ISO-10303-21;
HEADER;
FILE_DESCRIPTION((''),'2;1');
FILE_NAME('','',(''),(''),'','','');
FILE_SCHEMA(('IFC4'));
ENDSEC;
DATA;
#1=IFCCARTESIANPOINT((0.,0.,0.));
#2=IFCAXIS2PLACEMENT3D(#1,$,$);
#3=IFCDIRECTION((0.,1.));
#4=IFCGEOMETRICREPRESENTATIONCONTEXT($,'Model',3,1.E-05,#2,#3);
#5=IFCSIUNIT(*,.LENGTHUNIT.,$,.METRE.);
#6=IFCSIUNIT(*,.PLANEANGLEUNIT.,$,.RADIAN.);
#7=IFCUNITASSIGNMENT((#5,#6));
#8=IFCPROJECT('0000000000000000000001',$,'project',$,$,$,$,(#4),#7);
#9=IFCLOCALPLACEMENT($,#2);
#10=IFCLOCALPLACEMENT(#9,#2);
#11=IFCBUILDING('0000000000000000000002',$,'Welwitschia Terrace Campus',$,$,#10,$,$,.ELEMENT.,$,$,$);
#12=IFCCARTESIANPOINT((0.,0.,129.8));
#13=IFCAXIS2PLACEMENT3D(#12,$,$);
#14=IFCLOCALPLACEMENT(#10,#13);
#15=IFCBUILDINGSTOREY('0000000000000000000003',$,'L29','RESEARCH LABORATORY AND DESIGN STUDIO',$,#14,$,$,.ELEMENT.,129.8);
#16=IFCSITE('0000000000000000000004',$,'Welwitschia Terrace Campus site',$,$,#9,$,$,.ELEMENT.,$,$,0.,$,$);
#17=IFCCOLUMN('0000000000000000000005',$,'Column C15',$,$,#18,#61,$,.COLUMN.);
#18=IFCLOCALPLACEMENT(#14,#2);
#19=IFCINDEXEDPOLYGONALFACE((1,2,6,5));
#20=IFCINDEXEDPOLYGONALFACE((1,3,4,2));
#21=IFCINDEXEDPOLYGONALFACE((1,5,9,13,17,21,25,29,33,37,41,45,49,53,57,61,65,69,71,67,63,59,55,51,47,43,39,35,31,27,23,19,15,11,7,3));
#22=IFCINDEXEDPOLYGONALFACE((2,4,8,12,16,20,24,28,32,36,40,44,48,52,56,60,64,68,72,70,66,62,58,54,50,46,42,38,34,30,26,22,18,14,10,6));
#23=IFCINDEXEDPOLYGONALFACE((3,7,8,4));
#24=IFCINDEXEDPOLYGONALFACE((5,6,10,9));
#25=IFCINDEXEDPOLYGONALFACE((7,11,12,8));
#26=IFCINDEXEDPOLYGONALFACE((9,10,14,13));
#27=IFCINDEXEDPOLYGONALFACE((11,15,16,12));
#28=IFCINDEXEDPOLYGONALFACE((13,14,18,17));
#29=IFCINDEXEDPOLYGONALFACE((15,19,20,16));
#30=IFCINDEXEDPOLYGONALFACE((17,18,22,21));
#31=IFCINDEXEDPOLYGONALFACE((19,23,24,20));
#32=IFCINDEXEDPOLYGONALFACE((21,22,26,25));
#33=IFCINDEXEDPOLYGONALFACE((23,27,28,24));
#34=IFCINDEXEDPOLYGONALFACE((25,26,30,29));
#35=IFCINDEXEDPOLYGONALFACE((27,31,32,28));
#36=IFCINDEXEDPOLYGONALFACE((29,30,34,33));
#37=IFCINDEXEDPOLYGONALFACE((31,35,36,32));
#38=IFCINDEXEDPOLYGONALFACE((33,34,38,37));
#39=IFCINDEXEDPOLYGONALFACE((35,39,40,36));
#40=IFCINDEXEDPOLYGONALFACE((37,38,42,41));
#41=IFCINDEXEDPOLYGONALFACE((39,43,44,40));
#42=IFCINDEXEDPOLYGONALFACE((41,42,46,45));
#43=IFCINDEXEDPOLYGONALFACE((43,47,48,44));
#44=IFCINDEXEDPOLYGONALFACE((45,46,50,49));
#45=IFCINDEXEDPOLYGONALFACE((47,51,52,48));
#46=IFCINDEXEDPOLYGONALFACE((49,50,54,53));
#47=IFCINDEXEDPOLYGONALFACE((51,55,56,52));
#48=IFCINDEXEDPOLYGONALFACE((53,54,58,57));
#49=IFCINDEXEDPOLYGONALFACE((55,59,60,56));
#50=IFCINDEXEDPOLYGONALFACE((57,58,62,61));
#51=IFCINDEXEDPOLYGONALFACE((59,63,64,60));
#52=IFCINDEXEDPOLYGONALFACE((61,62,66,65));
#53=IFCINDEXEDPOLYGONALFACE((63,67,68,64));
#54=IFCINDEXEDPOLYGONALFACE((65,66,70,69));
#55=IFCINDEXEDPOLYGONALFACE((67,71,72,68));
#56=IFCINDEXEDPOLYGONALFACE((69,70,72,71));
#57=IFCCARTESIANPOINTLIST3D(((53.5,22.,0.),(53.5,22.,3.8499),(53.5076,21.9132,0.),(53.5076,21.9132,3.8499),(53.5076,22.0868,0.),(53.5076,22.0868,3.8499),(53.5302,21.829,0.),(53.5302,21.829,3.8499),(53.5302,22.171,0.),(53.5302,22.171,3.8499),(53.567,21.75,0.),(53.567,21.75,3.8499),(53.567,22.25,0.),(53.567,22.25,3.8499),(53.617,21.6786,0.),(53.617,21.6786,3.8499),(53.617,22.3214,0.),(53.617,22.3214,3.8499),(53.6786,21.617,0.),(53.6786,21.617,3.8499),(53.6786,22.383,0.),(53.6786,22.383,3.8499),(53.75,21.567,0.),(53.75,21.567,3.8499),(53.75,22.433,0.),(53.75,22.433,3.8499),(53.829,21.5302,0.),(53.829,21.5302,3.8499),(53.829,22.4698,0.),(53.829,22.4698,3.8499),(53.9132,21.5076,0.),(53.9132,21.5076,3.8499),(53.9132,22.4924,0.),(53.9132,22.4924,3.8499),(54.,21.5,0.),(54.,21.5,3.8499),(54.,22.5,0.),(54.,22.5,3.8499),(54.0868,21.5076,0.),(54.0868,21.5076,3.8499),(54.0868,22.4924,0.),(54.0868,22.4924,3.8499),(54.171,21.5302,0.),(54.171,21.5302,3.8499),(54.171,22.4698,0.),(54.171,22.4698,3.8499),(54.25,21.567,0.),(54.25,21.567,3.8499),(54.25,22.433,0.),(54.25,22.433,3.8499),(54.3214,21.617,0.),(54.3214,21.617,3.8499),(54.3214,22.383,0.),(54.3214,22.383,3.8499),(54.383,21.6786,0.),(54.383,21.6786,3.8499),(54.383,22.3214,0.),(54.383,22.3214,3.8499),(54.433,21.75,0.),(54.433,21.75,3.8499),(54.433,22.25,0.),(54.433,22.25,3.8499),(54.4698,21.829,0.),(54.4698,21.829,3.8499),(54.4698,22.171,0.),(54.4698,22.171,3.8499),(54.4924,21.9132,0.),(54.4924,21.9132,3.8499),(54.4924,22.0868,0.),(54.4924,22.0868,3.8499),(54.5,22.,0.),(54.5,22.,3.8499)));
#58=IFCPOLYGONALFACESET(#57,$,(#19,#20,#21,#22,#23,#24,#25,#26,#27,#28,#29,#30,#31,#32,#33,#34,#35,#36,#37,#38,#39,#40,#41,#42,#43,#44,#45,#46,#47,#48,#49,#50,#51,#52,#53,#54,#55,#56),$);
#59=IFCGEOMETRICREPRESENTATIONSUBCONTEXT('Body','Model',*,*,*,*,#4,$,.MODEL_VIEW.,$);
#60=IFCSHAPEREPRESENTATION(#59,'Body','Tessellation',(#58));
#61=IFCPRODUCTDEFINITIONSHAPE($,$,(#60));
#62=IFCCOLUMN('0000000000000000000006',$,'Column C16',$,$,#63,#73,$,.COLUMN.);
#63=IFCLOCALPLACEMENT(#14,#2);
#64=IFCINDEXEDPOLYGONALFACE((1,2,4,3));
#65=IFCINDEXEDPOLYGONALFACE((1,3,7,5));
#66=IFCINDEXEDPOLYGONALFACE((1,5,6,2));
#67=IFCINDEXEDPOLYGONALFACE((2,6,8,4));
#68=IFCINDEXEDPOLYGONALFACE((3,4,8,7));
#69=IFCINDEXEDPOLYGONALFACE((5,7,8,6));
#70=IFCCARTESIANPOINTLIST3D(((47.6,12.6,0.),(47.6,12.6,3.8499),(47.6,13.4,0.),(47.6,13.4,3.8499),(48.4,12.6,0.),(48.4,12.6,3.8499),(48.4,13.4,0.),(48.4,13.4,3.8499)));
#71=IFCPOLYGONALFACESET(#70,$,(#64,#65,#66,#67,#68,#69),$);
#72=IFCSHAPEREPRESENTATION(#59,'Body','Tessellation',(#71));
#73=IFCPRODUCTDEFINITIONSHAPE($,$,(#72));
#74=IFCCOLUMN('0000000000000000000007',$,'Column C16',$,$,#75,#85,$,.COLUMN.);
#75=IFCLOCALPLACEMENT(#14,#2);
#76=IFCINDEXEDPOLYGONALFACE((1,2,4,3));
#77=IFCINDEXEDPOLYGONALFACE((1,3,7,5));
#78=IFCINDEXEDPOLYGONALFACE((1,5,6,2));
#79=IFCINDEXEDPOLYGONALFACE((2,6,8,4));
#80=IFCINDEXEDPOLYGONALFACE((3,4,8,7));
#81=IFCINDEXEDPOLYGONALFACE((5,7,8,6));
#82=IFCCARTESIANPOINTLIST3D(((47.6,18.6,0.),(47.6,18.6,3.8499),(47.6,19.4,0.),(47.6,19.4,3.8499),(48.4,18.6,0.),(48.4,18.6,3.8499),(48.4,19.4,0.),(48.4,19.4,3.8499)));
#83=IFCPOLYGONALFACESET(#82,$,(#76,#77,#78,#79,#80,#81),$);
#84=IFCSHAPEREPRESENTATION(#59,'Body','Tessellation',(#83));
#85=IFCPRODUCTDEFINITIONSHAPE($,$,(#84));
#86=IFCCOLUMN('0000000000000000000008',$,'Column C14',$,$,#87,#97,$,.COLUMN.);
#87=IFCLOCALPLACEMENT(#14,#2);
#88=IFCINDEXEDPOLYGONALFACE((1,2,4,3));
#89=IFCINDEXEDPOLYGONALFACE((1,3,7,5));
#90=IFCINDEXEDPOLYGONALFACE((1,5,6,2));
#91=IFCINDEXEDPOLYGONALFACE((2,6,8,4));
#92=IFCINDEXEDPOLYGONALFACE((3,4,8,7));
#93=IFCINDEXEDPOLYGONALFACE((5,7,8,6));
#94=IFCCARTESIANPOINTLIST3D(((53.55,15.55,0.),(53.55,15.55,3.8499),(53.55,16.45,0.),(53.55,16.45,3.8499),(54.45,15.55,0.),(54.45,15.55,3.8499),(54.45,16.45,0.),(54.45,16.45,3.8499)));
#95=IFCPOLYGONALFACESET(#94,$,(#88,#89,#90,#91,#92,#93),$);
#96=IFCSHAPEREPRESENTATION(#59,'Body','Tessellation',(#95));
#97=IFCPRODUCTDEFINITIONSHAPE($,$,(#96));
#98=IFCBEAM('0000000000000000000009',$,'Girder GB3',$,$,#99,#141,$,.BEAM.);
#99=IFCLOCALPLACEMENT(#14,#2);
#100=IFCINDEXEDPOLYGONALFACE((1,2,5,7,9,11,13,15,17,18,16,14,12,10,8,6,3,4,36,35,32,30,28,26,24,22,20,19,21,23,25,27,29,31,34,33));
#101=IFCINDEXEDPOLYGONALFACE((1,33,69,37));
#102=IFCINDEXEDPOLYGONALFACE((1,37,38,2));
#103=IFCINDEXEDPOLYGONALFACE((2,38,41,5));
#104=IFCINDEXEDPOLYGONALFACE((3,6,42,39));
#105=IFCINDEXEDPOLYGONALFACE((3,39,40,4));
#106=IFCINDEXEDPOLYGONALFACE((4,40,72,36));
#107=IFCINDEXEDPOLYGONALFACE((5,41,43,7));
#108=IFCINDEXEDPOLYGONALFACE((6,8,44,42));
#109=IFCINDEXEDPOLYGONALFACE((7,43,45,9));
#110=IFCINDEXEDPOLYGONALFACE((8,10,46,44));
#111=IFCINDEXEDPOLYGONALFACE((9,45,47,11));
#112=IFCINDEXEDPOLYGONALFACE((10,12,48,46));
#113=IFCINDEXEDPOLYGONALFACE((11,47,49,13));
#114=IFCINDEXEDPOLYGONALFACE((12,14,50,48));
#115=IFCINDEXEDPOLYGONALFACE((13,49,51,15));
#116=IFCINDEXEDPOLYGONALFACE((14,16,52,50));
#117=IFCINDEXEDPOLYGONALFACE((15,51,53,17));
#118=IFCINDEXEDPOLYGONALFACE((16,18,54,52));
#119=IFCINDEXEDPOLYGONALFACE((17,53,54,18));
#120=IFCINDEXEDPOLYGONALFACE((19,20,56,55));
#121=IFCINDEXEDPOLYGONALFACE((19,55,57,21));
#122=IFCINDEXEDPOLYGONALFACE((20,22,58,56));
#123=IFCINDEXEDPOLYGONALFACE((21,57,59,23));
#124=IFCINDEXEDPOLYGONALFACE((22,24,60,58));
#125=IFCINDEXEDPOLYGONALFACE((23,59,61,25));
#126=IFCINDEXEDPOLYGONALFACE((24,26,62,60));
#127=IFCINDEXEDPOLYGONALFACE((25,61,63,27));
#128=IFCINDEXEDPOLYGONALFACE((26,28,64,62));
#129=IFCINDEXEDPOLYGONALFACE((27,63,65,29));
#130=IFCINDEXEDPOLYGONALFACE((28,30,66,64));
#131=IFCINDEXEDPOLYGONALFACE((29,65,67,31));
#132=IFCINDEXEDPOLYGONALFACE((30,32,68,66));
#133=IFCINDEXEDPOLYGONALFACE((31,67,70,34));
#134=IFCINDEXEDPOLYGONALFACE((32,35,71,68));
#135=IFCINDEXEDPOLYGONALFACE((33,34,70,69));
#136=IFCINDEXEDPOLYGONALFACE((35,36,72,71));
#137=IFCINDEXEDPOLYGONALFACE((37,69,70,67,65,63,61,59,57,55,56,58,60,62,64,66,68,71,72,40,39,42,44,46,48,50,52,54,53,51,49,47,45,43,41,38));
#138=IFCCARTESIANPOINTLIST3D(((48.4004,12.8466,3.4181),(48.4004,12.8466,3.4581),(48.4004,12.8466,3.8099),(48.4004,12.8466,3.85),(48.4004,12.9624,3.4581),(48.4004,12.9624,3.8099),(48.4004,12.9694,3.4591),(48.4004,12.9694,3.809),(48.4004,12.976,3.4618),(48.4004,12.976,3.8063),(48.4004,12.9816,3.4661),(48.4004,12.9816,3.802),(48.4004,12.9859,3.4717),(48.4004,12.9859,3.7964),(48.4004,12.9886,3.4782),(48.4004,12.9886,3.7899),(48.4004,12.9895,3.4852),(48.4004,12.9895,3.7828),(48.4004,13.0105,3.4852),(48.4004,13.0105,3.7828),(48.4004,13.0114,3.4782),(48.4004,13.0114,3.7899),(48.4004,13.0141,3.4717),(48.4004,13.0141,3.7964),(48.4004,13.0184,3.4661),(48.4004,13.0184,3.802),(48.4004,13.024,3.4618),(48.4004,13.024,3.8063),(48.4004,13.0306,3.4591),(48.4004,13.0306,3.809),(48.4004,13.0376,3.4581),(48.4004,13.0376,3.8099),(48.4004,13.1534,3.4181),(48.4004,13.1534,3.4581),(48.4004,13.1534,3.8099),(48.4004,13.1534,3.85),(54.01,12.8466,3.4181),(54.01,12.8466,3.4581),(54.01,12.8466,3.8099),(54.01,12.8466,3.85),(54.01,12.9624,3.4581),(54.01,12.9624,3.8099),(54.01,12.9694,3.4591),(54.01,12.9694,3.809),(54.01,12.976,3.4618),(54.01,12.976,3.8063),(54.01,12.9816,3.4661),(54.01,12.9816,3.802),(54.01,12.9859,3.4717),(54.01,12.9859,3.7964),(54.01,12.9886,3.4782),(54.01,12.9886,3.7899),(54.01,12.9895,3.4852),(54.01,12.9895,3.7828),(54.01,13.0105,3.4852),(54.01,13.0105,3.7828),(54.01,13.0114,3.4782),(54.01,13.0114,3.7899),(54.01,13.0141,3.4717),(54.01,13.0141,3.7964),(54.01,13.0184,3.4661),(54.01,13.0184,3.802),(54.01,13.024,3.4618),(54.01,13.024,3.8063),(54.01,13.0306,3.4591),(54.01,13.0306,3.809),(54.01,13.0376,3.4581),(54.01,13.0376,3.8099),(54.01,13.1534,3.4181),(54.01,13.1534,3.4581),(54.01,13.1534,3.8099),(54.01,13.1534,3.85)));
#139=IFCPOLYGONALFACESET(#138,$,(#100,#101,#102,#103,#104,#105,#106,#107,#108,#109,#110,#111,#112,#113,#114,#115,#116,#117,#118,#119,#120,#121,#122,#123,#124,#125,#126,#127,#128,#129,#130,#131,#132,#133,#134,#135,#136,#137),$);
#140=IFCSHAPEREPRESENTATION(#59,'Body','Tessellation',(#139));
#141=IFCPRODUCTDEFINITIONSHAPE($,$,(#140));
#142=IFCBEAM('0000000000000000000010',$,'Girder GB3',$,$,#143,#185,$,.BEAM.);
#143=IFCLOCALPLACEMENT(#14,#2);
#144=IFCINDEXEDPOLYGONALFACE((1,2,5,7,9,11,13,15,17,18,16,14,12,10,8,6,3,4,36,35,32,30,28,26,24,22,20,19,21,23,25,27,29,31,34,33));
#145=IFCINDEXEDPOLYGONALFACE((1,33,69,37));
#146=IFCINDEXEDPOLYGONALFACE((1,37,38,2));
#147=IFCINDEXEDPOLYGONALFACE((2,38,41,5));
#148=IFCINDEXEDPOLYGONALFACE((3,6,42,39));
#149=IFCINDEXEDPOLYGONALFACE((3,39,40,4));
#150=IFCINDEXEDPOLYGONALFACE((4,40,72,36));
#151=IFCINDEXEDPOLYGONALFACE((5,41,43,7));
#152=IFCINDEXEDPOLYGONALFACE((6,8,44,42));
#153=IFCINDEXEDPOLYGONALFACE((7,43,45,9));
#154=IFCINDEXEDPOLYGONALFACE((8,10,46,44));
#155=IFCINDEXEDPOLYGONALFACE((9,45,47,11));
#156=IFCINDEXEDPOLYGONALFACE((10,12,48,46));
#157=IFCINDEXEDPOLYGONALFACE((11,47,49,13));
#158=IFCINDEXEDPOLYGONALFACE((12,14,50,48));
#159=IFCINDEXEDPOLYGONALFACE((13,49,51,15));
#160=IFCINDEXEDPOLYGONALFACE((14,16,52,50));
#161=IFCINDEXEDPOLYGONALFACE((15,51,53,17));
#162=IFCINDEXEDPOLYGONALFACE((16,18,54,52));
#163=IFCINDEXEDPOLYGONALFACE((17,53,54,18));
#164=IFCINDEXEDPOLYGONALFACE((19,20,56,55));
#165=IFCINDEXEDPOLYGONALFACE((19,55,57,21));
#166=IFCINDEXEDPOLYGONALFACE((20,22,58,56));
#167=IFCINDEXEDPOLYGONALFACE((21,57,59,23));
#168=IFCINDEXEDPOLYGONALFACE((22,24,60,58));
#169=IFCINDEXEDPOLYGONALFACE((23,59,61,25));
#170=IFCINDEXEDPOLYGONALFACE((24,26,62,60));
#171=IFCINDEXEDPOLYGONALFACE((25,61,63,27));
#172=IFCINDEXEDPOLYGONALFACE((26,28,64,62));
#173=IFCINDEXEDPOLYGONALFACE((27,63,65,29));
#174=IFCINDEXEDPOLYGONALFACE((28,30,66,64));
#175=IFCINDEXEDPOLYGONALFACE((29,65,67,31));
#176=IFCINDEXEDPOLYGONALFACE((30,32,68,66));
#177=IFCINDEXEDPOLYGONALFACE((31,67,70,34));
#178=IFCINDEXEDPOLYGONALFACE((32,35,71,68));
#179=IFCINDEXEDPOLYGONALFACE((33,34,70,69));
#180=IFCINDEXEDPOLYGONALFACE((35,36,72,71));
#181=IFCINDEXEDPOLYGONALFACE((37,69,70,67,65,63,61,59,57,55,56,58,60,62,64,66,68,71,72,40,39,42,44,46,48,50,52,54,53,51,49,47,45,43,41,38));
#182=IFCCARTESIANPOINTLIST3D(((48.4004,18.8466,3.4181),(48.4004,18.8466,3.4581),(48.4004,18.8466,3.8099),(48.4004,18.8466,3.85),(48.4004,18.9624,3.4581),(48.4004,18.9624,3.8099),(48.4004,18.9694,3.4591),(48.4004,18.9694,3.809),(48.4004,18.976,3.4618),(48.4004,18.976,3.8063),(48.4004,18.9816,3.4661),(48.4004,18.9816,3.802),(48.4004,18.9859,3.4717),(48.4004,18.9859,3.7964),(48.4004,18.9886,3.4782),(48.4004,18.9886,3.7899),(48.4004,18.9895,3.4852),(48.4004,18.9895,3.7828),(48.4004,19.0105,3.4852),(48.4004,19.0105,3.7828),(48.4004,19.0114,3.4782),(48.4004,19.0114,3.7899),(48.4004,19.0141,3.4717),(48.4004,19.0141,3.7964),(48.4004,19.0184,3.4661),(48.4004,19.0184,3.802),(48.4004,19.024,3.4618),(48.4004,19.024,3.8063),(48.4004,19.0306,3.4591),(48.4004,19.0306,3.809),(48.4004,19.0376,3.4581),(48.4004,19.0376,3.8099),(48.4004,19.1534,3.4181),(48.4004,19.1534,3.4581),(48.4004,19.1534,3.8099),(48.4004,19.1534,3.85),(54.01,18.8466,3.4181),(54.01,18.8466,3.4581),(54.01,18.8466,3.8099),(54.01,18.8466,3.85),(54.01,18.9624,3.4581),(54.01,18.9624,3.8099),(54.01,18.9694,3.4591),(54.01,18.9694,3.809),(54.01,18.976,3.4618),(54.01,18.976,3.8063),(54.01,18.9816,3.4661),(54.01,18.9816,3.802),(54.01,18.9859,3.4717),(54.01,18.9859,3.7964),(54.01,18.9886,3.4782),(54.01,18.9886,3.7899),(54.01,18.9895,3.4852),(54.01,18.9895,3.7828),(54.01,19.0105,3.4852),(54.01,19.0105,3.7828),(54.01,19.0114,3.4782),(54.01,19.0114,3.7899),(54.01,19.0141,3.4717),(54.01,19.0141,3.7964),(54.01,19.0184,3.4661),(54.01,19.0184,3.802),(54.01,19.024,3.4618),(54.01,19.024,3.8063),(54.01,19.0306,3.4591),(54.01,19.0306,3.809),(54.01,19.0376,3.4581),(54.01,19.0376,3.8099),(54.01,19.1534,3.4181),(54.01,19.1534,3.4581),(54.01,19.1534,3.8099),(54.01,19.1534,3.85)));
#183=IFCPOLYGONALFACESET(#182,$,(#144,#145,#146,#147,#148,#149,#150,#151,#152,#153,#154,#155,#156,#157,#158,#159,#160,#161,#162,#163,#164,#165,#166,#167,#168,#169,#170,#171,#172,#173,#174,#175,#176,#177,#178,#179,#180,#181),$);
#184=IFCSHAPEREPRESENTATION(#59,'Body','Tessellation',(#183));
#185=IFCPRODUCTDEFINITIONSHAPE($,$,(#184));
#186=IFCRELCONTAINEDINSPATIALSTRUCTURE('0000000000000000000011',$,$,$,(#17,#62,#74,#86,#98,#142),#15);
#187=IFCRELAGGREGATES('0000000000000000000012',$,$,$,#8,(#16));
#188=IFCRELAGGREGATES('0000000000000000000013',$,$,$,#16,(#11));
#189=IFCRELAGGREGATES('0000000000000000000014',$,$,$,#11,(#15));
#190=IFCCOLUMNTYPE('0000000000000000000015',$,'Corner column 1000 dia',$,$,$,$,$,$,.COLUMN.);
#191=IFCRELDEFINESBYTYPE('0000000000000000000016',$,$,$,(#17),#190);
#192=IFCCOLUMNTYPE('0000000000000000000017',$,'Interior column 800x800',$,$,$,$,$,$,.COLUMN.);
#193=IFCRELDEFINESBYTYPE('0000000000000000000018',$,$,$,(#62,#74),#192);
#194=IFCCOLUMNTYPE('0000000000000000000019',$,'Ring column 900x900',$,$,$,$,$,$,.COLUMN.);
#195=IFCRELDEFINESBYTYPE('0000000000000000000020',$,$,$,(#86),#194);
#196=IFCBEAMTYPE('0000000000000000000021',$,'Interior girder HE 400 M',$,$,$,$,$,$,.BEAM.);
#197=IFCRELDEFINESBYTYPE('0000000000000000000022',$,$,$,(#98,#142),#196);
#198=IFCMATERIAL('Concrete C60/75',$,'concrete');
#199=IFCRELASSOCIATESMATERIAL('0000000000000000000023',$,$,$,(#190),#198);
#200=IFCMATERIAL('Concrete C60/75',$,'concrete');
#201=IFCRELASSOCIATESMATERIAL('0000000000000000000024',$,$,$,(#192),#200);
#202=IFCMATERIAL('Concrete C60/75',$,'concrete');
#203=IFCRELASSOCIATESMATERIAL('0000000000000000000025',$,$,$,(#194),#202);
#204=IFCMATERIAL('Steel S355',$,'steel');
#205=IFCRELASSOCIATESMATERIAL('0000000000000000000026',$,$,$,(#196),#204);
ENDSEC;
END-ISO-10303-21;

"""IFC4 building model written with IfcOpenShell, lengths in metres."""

from ifc_helpers import new_model, si_unit, direction, frame, origin, origin_2d, place, context, subcontext, project, spatial, rectangle, circle, i_section, extrude, material, material_profile, profile_set, type_object, element, save


model = new_model("IFC4")

# Units and contexts
model_context = context("Model", 3, precision=1e-05, world=origin(), true_north=direction((0.0, 1.0)))
body_context = subcontext(model_context, "Body", "Model", "MODEL_VIEW")
ifc_project = project(units=[si_unit("LENGTHUNIT", "METRE"), si_unit("PLANEANGLEUNIT", "RADIAN")], contexts=[model_context])

# Site, building, storey
site_placement = place(None, origin())
site = spatial("IfcSite", under=ifc_project, at=site_placement, Name="Welwitschia Terrace Campus site", CompositionType="ELEMENT", RefElevation=0.0)
building_placement = place(site_placement, origin())
building = spatial("IfcBuilding", under=site, at=building_placement, Name="Welwitschia Terrace Campus", CompositionType="ELEMENT")
storey_placement = place(building_placement, frame((0.0, 0.0, 129.8)))
storey = spatial("IfcBuildingStorey", under=building, at=storey_placement, Name="L29", Description="RESEARCH LABORATORY AND DESIGN STUDIO", CompositionType="ELEMENT", Elevation=129.8)

# Columns
ifc_material_1 = material(Name="Concrete C60/75", Category="concrete")
ifc_material_profile_1 = material_profile(ifc_material_1, circle(Radius=0.5, at=origin_2d()))
ifc_profile_set_1 = profile_set([ifc_material_profile_1], Name="Concrete C60/75")
column_type_1 = type_object("IfcColumnType", Name="Corner column 1000 dia", PredefinedType="COLUMN", material=ifc_profile_set_1)
column_1_placement = place(storey_placement, frame((54.0, 22.0, 0.0), z_axis=(0.0, 0.0, 1.0), x_axis=(1.0, 0.0, 0.0)))
element("IfcColumn", 1, at=column_1_placement, inside=storey, type_object=column_type_1, Name="Column C15", PredefinedType="COLUMN", context=body_context, shape_type="SweptSolid", body=[
    extrude(circle(Radius=0.5, at=origin_2d()), origin(), (0.0, 0.0, 1.0), 3.8499),
])
ifc_material_2 = material(Name="Concrete C60/75", Category="concrete")
ifc_material_profile_2 = material_profile(ifc_material_2, rectangle(XDim=0.8, YDim=0.8, at=origin_2d()))
ifc_profile_set_2 = profile_set([ifc_material_profile_2], Name="Concrete C60/75")
column_type_2 = type_object("IfcColumnType", Name="Interior column 800x800", PredefinedType="COLUMN", material=ifc_profile_set_2)
for number, where, z_axis, x_axis, name in (
    (2, (48.0, 13.0, 0.0), (0.0, 0.0, 1.0), (1.0, 0.0, 0.0), "Column C16"),
    (3, (48.0, 19.0, 0.0), (0.0, 0.0, 1.0), (1.0, 0.0, 0.0), "Column C16"),
):
    element("IfcColumn", number, at=place(storey_placement, frame(where, z_axis=z_axis, x_axis=x_axis)), inside=storey, type_object=column_type_2, Name=name, PredefinedType="COLUMN", context=body_context, shape_type="SweptSolid", body=[
        extrude(rectangle(XDim=0.8, YDim=0.8, at=origin_2d()), origin(), (0.0, 0.0, 1.0), 3.8499),
    ])
ifc_material_3 = material(Name="Concrete C60/75", Category="concrete")
ifc_material_profile_3 = material_profile(ifc_material_3, rectangle(XDim=0.8999, YDim=0.8999, at=origin_2d()))
ifc_profile_set_3 = profile_set([ifc_material_profile_3], Name="Concrete C60/75")
column_type_3 = type_object("IfcColumnType", Name="Ring column 900x900", PredefinedType="COLUMN", material=ifc_profile_set_3)
column_2_placement = place(storey_placement, frame((54.0, 16.0, 0.0), z_axis=(0.0, 0.0, 1.0), x_axis=(1.0, 0.0, 0.0)))
element("IfcColumn", 4, at=column_2_placement, inside=storey, type_object=column_type_3, Name="Column C14", PredefinedType="COLUMN", context=body_context, shape_type="SweptSolid", body=[
    extrude(rectangle(XDim=0.8999, YDim=0.8999, at=origin_2d()), origin(), (0.0, 0.0, 1.0), 3.8499),
])

# Beams
ifc_material_4 = material(Name="Steel S355", Category="steel")
ifc_material_profile_4 = material_profile(ifc_material_4, i_section(OverallWidth=0.3069, OverallDepth=0.4319, WebThickness=0.021, FlangeThickness=0.04, FilletRadius=0.0271, at=origin_2d()))
ifc_profile_set_4 = profile_set([ifc_material_profile_4], Name="Steel S355")
beam_type_1 = type_object("IfcBeamType", Name="Interior girder HE 400 M", PredefinedType="BEAM", material=ifc_profile_set_4)
for number, where, z_axis, x_axis, name in (
    (5, (48.4004, 13.0, 3.634), (1.0, 0.0, 0.0), (0.0, 1.0, 0.0), "Girder GB3"),
    (6, (48.4004, 19.0, 3.634), (1.0, 0.0, 0.0), (0.0, 1.0, 0.0), "Girder GB3"),
):
    element("IfcBeam", number, at=place(storey_placement, frame(where, z_axis=z_axis, x_axis=x_axis)), inside=storey, type_object=beam_type_1, Name=name, PredefinedType="BEAM", context=body_context, shape_type="SweptSolid", body=[
        extrude(i_section(OverallWidth=0.3069, OverallDepth=0.4319, WebThickness=0.021, FlangeThickness=0.04, FilletRadius=0.0271, at=origin_2d()), origin(), (0.0, 0.0, 1.0), 5.6096),
    ])

save(model, "model.ifc")
